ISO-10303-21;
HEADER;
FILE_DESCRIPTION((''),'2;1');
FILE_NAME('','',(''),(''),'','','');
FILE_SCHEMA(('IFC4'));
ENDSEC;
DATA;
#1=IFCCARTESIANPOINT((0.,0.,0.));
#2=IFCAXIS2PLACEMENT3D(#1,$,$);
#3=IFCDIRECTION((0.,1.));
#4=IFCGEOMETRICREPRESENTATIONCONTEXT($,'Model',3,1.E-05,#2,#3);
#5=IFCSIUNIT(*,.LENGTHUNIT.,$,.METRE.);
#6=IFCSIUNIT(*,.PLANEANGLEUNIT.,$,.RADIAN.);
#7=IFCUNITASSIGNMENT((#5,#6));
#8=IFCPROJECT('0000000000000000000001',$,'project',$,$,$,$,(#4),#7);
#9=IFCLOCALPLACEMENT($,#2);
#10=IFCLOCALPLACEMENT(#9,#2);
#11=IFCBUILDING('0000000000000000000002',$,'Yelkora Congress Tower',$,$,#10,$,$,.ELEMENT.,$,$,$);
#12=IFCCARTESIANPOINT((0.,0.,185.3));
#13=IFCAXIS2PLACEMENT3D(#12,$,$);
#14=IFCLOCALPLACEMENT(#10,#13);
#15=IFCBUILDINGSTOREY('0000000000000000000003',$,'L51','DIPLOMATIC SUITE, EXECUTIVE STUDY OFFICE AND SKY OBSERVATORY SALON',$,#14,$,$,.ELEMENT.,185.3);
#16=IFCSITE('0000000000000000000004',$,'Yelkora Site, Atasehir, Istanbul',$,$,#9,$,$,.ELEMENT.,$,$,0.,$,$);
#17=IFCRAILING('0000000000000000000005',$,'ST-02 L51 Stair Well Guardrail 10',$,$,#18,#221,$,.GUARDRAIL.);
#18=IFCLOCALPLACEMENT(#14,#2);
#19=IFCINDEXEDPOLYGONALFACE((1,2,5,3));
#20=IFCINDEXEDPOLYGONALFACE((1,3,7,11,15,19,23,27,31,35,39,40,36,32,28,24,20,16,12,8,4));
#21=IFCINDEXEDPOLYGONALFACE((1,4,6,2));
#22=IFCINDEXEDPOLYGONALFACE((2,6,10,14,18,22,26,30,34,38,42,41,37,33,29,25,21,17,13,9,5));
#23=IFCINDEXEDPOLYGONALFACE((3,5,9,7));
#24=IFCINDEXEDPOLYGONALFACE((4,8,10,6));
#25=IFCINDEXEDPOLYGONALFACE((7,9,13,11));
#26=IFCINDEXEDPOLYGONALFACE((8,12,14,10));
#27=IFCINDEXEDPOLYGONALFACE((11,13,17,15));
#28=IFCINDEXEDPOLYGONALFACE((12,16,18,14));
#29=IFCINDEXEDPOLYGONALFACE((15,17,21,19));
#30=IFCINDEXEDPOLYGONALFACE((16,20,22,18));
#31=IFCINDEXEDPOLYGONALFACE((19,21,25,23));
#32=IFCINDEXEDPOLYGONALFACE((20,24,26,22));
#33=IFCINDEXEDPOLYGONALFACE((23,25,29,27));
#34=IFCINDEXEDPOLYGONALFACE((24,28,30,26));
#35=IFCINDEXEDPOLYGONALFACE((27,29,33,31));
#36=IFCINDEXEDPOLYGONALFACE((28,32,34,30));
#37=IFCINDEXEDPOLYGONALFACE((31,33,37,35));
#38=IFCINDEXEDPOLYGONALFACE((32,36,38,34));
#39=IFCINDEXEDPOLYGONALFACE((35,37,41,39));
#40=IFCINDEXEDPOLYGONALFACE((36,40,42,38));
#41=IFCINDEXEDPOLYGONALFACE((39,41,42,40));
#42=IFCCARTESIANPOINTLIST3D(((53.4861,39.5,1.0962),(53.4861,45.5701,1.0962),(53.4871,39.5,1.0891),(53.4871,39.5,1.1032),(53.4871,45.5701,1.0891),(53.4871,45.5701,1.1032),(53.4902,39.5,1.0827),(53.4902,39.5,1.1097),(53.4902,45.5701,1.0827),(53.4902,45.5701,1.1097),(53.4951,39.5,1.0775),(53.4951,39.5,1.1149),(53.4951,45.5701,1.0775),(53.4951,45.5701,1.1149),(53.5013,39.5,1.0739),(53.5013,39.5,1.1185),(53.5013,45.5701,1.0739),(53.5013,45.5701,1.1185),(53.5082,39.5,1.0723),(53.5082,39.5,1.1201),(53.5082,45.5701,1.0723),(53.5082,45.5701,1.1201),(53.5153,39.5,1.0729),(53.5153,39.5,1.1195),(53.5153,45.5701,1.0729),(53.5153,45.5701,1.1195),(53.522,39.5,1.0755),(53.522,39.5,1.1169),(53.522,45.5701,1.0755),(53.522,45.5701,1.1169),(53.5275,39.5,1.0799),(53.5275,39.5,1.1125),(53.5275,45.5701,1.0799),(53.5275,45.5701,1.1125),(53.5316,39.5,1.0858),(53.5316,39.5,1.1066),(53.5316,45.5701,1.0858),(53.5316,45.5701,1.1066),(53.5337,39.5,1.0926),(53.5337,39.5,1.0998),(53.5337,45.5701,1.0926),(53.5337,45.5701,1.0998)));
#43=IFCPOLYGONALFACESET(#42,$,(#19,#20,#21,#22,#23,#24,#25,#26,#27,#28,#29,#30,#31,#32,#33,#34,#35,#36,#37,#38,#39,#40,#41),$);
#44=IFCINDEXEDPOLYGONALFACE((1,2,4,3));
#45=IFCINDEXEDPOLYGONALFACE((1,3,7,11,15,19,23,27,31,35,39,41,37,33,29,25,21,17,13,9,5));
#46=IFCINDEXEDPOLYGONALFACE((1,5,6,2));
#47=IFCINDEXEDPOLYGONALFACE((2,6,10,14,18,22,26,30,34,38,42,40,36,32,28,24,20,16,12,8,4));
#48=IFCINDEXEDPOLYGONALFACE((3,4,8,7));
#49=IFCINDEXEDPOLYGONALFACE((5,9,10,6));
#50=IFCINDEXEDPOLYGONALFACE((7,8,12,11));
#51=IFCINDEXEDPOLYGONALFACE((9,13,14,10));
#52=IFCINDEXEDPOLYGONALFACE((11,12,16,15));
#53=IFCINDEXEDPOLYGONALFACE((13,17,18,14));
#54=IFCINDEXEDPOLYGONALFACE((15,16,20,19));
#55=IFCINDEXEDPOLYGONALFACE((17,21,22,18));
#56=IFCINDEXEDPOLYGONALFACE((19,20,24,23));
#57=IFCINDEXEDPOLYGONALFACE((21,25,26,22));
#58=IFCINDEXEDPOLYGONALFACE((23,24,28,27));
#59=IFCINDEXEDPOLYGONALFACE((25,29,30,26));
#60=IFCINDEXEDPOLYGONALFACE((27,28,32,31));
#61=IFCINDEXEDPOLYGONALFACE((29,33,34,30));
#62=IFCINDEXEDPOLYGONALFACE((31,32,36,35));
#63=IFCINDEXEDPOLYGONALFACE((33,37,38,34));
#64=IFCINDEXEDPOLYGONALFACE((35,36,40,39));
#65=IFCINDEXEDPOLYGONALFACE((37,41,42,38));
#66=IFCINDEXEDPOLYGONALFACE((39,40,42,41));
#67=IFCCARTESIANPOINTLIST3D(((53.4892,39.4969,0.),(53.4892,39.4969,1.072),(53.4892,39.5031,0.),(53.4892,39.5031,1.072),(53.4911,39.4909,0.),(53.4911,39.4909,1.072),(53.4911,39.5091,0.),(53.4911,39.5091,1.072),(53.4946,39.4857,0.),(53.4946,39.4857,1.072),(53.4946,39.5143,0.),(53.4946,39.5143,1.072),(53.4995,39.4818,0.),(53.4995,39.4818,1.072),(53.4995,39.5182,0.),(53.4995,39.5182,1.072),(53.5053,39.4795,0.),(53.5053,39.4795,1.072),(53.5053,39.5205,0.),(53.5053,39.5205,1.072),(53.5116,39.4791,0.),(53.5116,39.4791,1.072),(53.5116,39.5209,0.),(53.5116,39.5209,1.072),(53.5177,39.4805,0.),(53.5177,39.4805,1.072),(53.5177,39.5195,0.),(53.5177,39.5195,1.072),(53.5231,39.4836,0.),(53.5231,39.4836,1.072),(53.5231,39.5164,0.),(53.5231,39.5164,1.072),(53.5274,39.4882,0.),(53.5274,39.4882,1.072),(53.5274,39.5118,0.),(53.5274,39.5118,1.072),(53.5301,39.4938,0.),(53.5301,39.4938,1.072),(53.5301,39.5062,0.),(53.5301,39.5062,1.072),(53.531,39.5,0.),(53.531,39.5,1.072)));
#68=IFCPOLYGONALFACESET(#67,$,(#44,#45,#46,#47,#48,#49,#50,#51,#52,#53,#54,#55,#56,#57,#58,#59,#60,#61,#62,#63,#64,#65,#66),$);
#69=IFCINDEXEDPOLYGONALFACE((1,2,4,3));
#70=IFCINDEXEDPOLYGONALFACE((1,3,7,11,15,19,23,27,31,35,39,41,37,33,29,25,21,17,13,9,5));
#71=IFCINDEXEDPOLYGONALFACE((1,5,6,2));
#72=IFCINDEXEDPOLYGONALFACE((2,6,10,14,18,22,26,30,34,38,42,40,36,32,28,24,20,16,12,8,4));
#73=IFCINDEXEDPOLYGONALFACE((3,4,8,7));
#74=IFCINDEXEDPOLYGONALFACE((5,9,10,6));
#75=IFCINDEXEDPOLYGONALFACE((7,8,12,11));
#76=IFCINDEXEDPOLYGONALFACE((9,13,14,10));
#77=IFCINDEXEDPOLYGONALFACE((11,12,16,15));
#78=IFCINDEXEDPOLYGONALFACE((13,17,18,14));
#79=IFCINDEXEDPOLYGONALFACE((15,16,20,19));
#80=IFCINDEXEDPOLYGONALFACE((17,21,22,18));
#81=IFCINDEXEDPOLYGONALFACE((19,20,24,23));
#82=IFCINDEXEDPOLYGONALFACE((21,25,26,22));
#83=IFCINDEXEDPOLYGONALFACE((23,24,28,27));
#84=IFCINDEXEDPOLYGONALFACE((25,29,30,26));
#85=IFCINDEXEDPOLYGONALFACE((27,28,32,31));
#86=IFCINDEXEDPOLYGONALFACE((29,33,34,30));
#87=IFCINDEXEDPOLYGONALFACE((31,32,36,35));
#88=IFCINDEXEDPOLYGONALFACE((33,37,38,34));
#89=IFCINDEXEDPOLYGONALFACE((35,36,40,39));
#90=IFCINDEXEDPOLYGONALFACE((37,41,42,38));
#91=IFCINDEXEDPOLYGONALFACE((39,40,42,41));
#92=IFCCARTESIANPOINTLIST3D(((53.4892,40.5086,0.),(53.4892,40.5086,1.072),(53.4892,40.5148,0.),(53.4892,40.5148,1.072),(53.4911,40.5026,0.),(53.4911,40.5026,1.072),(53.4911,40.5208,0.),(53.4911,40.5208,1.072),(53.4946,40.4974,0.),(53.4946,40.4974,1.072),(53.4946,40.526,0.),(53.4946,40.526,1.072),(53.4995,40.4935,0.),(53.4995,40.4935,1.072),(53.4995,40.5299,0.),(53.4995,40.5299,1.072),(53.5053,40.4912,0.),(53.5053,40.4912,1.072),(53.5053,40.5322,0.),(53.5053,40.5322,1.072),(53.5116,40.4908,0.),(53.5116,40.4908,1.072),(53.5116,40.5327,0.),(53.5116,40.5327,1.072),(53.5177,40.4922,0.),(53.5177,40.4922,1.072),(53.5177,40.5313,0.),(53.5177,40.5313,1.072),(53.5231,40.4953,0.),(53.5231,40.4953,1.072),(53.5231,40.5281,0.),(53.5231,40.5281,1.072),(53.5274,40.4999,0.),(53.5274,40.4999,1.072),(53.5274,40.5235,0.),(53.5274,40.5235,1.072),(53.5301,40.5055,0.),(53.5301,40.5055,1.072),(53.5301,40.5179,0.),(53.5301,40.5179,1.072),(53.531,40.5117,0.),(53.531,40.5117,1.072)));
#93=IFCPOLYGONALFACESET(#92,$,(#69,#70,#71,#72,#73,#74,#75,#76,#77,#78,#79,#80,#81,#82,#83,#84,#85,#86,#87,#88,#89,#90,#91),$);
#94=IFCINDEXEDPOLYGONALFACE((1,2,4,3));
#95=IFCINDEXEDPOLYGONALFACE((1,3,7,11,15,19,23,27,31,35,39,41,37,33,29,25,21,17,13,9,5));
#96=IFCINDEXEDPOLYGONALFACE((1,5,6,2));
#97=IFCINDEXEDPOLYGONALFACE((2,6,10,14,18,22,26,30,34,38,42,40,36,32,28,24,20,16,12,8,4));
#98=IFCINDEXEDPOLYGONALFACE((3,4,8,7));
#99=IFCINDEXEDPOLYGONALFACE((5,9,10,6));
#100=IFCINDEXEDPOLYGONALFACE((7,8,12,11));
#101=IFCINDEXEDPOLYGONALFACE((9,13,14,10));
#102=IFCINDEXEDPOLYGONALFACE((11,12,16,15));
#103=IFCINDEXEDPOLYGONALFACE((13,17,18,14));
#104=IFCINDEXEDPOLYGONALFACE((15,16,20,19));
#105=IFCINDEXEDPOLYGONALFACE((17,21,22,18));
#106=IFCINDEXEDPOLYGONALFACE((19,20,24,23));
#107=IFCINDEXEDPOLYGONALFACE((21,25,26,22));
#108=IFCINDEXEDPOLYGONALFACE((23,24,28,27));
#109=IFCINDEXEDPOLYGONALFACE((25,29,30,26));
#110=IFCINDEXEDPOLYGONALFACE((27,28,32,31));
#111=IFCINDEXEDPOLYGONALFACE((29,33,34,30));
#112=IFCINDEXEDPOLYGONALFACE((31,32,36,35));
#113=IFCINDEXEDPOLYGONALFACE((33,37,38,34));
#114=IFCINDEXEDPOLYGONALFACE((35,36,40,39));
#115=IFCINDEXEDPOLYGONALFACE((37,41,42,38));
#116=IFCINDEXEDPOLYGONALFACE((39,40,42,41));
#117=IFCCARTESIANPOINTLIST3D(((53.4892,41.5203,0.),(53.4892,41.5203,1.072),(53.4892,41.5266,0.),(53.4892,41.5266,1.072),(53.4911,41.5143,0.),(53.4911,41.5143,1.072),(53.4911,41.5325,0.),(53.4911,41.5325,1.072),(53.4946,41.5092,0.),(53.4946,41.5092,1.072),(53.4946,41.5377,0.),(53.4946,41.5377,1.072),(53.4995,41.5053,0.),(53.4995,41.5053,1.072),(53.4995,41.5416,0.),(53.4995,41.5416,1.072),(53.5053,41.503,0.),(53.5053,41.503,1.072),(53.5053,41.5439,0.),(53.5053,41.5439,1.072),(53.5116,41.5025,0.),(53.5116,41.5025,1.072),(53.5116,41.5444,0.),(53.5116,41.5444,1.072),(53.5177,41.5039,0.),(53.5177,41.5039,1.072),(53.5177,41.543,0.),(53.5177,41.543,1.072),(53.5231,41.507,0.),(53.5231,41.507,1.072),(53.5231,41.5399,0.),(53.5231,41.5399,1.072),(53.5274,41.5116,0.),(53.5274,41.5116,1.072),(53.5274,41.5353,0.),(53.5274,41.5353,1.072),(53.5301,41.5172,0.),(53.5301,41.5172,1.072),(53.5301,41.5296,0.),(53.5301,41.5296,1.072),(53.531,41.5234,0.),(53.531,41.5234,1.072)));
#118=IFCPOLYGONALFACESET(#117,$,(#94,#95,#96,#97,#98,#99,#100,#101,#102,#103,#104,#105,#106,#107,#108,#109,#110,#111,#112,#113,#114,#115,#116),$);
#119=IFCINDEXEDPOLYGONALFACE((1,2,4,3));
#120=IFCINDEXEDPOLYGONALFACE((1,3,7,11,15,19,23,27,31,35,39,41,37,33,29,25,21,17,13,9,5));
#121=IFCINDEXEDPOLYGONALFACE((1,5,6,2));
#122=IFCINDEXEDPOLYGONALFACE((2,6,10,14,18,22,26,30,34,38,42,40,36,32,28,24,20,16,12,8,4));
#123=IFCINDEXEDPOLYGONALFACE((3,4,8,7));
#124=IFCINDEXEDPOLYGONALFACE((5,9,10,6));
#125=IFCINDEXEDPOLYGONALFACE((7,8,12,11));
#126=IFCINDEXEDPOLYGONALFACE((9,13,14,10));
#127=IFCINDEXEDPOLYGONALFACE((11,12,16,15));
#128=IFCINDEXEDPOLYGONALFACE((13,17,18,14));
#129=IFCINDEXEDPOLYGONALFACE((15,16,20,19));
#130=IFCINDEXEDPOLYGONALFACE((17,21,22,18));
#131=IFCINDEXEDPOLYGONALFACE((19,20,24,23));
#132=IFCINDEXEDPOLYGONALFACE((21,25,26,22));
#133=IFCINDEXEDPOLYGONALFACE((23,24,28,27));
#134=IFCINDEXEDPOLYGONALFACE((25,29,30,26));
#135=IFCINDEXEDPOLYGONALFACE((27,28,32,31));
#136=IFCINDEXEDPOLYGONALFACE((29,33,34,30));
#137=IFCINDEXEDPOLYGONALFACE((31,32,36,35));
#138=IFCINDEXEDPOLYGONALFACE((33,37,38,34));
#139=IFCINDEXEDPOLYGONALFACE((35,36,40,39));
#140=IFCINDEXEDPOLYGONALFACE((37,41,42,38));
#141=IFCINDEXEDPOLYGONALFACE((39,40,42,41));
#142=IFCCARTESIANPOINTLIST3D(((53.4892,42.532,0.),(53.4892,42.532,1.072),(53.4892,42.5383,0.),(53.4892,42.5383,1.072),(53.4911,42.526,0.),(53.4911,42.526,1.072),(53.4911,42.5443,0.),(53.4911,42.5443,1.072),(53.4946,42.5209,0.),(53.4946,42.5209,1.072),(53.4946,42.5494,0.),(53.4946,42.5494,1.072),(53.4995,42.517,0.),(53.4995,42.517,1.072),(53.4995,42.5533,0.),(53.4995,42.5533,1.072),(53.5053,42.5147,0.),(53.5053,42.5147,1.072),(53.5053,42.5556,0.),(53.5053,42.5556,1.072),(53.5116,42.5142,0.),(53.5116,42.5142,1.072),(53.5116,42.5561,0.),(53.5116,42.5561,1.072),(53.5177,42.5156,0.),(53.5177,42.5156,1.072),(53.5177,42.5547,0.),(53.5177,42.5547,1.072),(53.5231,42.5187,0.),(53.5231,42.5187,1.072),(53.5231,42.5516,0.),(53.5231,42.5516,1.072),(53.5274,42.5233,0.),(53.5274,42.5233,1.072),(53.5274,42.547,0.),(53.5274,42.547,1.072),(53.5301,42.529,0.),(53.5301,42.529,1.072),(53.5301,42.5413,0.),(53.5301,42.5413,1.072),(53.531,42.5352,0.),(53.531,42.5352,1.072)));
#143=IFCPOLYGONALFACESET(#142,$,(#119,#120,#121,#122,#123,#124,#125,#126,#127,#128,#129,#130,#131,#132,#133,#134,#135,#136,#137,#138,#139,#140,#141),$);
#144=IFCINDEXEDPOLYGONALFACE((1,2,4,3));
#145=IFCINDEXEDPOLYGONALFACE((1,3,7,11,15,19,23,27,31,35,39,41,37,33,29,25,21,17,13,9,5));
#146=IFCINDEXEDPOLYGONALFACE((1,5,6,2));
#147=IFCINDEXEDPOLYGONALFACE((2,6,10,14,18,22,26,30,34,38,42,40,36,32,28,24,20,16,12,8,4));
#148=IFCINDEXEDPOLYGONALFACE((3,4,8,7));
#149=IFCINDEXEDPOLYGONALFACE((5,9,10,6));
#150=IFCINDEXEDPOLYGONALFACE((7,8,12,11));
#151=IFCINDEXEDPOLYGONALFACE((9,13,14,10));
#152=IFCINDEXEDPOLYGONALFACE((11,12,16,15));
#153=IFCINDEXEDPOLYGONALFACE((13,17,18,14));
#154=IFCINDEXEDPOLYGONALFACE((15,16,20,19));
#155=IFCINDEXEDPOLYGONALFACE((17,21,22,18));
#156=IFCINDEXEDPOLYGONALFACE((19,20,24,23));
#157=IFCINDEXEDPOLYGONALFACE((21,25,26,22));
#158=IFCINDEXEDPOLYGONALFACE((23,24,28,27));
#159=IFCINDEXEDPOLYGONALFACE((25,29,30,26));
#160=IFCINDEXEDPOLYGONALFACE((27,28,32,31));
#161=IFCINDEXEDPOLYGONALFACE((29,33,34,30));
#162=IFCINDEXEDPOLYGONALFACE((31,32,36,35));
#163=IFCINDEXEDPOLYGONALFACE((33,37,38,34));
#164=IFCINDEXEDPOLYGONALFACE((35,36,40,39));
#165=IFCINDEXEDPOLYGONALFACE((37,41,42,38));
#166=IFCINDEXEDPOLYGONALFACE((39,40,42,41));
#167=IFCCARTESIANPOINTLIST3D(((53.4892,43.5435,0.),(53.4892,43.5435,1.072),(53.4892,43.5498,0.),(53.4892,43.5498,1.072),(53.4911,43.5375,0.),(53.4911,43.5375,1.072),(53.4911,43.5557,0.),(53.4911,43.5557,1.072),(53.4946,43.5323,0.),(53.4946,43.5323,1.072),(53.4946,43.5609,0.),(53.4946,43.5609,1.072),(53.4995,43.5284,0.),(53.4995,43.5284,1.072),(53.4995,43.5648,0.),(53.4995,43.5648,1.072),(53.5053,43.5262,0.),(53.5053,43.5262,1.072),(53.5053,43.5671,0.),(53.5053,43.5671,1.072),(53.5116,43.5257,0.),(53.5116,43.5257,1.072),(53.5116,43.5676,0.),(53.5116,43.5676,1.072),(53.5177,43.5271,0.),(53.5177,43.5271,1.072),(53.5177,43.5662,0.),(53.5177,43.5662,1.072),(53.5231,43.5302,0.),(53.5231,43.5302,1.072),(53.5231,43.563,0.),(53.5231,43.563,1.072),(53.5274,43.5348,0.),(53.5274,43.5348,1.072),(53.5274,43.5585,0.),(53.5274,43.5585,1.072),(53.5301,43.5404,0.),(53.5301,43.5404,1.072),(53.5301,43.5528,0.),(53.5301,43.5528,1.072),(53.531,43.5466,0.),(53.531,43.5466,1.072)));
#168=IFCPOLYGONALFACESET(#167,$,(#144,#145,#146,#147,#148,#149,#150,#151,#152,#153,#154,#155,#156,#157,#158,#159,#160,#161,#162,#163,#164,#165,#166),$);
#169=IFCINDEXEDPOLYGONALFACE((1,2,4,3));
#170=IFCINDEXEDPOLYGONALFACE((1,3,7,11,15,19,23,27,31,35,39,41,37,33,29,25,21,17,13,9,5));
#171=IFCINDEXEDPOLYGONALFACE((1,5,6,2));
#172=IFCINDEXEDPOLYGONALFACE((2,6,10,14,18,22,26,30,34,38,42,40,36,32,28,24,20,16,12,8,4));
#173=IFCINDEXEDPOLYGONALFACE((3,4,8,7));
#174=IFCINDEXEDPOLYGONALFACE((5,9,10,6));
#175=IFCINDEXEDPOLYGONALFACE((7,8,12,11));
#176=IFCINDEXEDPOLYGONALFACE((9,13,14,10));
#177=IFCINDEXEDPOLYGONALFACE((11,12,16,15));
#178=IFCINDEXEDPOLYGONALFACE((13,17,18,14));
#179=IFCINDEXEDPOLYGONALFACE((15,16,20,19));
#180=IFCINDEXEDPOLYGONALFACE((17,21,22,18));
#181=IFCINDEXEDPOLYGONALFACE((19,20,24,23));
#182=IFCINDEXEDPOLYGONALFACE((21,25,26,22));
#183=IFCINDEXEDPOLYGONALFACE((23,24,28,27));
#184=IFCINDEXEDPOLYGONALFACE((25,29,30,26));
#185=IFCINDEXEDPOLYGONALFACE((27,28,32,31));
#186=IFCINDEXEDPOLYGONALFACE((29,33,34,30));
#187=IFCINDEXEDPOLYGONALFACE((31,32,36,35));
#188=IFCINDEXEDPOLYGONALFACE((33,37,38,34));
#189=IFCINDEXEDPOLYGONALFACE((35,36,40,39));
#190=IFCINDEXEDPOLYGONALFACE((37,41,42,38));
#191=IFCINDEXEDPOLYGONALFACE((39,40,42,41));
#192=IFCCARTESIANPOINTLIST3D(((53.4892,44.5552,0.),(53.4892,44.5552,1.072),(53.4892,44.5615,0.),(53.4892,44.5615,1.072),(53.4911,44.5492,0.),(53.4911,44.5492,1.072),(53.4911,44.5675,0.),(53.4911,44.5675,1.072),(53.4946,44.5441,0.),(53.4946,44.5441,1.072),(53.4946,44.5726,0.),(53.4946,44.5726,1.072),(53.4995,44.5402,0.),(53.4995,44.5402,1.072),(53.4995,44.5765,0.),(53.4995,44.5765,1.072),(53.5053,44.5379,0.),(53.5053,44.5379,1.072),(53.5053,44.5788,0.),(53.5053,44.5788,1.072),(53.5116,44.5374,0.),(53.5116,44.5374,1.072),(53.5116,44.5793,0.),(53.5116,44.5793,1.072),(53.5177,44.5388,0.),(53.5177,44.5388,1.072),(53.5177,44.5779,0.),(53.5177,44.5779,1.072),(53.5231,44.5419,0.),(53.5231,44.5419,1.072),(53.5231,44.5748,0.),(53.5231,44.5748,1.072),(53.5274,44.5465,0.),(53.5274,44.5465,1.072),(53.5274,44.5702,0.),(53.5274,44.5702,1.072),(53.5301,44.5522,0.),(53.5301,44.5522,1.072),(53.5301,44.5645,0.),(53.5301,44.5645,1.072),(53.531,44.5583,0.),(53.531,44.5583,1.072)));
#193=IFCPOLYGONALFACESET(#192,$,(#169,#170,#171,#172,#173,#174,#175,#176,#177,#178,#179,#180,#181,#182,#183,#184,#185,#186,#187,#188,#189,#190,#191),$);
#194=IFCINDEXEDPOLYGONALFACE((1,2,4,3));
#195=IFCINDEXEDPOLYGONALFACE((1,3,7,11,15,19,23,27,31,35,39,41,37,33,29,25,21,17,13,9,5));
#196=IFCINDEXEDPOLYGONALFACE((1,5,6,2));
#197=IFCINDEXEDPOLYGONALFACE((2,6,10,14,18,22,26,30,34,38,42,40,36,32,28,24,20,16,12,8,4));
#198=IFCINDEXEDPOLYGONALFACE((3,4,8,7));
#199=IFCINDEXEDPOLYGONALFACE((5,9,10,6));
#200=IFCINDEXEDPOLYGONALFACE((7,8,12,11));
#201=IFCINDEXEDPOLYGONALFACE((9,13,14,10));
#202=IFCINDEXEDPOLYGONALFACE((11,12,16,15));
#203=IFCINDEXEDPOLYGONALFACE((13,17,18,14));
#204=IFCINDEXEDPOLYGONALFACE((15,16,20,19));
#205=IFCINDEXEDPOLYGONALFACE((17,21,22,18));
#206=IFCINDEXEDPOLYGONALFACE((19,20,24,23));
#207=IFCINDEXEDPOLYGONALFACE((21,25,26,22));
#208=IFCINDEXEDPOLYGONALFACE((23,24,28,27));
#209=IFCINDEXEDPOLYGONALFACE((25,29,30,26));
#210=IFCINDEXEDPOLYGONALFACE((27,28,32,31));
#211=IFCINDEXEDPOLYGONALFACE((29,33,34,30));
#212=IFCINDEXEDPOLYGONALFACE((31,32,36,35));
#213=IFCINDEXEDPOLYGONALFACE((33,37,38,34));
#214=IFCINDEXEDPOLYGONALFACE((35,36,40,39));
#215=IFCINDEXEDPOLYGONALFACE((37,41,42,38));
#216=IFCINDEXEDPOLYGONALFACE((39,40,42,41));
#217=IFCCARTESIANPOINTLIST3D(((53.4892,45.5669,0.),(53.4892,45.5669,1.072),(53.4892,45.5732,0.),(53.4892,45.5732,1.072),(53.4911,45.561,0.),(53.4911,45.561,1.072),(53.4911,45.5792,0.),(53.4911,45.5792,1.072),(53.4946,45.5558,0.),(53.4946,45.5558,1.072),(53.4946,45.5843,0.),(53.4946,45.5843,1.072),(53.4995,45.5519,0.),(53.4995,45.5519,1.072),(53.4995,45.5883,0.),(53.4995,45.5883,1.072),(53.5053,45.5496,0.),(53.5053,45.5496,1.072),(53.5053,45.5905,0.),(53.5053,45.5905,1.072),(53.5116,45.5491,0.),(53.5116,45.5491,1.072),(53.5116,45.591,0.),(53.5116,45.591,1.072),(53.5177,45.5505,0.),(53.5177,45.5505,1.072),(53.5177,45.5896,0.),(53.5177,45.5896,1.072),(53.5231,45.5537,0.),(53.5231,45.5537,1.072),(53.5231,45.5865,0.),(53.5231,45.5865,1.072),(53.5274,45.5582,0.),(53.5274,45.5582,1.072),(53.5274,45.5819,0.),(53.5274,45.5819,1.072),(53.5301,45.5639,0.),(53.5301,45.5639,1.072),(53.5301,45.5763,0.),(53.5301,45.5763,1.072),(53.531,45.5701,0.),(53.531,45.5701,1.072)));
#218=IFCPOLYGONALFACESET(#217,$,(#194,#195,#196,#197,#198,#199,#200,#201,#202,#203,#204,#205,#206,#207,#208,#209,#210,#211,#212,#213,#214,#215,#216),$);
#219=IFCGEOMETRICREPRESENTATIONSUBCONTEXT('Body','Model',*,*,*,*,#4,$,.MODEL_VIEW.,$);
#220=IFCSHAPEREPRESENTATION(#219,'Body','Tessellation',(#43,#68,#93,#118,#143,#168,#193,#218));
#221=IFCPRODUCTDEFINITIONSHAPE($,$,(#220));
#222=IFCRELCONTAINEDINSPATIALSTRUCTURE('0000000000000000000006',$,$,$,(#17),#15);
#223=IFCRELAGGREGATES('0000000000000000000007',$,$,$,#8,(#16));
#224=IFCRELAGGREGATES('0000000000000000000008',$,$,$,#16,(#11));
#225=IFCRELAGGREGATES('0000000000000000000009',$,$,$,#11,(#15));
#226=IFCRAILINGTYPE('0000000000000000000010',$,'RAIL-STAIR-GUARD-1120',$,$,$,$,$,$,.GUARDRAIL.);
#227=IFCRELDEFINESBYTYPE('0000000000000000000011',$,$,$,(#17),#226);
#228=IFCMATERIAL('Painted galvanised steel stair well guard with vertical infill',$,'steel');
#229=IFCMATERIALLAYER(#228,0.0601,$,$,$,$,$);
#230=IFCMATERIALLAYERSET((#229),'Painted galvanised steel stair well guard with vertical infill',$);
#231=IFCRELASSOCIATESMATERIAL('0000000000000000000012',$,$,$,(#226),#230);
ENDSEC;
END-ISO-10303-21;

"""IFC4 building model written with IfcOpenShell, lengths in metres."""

from ifc_helpers import new_model, si_unit, direction, frame, origin, origin_2d, place, context, subcontext, project, spatial, circle, extrude, material, layer, layer_set, type_object, element, save


model = new_model("IFC4")

# Units and contexts
model_context = context("Model", 3, precision=1e-05, world=origin(), true_north=direction((0.0, 1.0)))
body_context = subcontext(model_context, "Body", "Model", "MODEL_VIEW")
ifc_project = project(units=[si_unit("LENGTHUNIT", "METRE"), si_unit("PLANEANGLEUNIT", "RADIAN")], contexts=[model_context])

# Site, building, storey
site_placement = place(None, origin())
site = spatial("IfcSite", under=ifc_project, at=site_placement, Name="Yelkora Site, Atasehir, Istanbul", CompositionType="ELEMENT", RefElevation=0.0)
building_placement = place(site_placement, origin())
building = spatial("IfcBuilding", under=site, at=building_placement, Name="Yelkora Congress Tower", CompositionType="ELEMENT")
storey_placement = place(building_placement, frame((0.0, 0.0, 185.3)))
storey = spatial("IfcBuildingStorey", under=building, at=storey_placement, Name="L51", Description="DIPLOMATIC SUITE, EXECUTIVE STUDY OFFICE AND SKY OBSERVATORY SALON", CompositionType="ELEMENT", Elevation=185.3)

# Railing
ifc_material_1 = material(Name="Painted galvanised steel stair well guard with vertical infill", Category="steel")
ifc_layer_1 = layer(ifc_material_1, 0.0601)
ifc_layer_set_1 = layer_set([ifc_layer_1], Name="Painted galvanised steel stair well guard with vertical infill")
railing_type_1 = type_object("IfcRailingType", Name="RAIL-STAIR-GUARD-1120", PredefinedType="GUARDRAIL", material=ifc_layer_set_1)
railing_1_placement = place(storey_placement, frame((53.51, 39.5, 0.0)))
element("IfcRailing", 1, at=railing_1_placement, inside=storey, type_object=railing_type_1, Name="ST-02 L51 Stair Well Guardrail 10", PredefinedType="GUARDRAIL", context=body_context, shape_type="SweptSolid", body=[
    extrude(circle(Radius=0.0239, at=origin_2d()), frame((0.0, 0.0, 1.0962), z_axis=(0.0, 1.0, 0.0), x_axis=(-1.0, 0.0, 0.0)), (0.0, 0.0, 1.0), 6.0701),
    extrude(circle(Radius=0.021, at=origin_2d()), origin(), (0.0, 0.0, 1.0), 1.072),
    extrude(circle(Radius=0.021, at=origin_2d()), frame((0.0, 1.0117, 0.0)), (0.0, 0.0, 1.0), 1.072),
    extrude(circle(Radius=0.021, at=origin_2d()), frame((0.0, 2.0234, 0.0)), (0.0, 0.0, 1.0), 1.072),
    extrude(circle(Radius=0.021, at=origin_2d()), frame((0.0, 3.0352, 0.0)), (0.0, 0.0, 1.0), 1.072),
    extrude(circle(Radius=0.021, at=origin_2d()), frame((0.0, 4.0466, 0.0)), (0.0, 0.0, 1.0), 1.072),
    extrude(circle(Radius=0.021, at=origin_2d()), frame((0.0, 5.0583, 0.0)), (0.0, 0.0, 1.0), 1.072),
    extrude(circle(Radius=0.021, at=origin_2d()), frame((0.0, 6.0701, 0.0)), (0.0, 0.0, 1.0), 1.072),
])

save(model, "model.ifc")
